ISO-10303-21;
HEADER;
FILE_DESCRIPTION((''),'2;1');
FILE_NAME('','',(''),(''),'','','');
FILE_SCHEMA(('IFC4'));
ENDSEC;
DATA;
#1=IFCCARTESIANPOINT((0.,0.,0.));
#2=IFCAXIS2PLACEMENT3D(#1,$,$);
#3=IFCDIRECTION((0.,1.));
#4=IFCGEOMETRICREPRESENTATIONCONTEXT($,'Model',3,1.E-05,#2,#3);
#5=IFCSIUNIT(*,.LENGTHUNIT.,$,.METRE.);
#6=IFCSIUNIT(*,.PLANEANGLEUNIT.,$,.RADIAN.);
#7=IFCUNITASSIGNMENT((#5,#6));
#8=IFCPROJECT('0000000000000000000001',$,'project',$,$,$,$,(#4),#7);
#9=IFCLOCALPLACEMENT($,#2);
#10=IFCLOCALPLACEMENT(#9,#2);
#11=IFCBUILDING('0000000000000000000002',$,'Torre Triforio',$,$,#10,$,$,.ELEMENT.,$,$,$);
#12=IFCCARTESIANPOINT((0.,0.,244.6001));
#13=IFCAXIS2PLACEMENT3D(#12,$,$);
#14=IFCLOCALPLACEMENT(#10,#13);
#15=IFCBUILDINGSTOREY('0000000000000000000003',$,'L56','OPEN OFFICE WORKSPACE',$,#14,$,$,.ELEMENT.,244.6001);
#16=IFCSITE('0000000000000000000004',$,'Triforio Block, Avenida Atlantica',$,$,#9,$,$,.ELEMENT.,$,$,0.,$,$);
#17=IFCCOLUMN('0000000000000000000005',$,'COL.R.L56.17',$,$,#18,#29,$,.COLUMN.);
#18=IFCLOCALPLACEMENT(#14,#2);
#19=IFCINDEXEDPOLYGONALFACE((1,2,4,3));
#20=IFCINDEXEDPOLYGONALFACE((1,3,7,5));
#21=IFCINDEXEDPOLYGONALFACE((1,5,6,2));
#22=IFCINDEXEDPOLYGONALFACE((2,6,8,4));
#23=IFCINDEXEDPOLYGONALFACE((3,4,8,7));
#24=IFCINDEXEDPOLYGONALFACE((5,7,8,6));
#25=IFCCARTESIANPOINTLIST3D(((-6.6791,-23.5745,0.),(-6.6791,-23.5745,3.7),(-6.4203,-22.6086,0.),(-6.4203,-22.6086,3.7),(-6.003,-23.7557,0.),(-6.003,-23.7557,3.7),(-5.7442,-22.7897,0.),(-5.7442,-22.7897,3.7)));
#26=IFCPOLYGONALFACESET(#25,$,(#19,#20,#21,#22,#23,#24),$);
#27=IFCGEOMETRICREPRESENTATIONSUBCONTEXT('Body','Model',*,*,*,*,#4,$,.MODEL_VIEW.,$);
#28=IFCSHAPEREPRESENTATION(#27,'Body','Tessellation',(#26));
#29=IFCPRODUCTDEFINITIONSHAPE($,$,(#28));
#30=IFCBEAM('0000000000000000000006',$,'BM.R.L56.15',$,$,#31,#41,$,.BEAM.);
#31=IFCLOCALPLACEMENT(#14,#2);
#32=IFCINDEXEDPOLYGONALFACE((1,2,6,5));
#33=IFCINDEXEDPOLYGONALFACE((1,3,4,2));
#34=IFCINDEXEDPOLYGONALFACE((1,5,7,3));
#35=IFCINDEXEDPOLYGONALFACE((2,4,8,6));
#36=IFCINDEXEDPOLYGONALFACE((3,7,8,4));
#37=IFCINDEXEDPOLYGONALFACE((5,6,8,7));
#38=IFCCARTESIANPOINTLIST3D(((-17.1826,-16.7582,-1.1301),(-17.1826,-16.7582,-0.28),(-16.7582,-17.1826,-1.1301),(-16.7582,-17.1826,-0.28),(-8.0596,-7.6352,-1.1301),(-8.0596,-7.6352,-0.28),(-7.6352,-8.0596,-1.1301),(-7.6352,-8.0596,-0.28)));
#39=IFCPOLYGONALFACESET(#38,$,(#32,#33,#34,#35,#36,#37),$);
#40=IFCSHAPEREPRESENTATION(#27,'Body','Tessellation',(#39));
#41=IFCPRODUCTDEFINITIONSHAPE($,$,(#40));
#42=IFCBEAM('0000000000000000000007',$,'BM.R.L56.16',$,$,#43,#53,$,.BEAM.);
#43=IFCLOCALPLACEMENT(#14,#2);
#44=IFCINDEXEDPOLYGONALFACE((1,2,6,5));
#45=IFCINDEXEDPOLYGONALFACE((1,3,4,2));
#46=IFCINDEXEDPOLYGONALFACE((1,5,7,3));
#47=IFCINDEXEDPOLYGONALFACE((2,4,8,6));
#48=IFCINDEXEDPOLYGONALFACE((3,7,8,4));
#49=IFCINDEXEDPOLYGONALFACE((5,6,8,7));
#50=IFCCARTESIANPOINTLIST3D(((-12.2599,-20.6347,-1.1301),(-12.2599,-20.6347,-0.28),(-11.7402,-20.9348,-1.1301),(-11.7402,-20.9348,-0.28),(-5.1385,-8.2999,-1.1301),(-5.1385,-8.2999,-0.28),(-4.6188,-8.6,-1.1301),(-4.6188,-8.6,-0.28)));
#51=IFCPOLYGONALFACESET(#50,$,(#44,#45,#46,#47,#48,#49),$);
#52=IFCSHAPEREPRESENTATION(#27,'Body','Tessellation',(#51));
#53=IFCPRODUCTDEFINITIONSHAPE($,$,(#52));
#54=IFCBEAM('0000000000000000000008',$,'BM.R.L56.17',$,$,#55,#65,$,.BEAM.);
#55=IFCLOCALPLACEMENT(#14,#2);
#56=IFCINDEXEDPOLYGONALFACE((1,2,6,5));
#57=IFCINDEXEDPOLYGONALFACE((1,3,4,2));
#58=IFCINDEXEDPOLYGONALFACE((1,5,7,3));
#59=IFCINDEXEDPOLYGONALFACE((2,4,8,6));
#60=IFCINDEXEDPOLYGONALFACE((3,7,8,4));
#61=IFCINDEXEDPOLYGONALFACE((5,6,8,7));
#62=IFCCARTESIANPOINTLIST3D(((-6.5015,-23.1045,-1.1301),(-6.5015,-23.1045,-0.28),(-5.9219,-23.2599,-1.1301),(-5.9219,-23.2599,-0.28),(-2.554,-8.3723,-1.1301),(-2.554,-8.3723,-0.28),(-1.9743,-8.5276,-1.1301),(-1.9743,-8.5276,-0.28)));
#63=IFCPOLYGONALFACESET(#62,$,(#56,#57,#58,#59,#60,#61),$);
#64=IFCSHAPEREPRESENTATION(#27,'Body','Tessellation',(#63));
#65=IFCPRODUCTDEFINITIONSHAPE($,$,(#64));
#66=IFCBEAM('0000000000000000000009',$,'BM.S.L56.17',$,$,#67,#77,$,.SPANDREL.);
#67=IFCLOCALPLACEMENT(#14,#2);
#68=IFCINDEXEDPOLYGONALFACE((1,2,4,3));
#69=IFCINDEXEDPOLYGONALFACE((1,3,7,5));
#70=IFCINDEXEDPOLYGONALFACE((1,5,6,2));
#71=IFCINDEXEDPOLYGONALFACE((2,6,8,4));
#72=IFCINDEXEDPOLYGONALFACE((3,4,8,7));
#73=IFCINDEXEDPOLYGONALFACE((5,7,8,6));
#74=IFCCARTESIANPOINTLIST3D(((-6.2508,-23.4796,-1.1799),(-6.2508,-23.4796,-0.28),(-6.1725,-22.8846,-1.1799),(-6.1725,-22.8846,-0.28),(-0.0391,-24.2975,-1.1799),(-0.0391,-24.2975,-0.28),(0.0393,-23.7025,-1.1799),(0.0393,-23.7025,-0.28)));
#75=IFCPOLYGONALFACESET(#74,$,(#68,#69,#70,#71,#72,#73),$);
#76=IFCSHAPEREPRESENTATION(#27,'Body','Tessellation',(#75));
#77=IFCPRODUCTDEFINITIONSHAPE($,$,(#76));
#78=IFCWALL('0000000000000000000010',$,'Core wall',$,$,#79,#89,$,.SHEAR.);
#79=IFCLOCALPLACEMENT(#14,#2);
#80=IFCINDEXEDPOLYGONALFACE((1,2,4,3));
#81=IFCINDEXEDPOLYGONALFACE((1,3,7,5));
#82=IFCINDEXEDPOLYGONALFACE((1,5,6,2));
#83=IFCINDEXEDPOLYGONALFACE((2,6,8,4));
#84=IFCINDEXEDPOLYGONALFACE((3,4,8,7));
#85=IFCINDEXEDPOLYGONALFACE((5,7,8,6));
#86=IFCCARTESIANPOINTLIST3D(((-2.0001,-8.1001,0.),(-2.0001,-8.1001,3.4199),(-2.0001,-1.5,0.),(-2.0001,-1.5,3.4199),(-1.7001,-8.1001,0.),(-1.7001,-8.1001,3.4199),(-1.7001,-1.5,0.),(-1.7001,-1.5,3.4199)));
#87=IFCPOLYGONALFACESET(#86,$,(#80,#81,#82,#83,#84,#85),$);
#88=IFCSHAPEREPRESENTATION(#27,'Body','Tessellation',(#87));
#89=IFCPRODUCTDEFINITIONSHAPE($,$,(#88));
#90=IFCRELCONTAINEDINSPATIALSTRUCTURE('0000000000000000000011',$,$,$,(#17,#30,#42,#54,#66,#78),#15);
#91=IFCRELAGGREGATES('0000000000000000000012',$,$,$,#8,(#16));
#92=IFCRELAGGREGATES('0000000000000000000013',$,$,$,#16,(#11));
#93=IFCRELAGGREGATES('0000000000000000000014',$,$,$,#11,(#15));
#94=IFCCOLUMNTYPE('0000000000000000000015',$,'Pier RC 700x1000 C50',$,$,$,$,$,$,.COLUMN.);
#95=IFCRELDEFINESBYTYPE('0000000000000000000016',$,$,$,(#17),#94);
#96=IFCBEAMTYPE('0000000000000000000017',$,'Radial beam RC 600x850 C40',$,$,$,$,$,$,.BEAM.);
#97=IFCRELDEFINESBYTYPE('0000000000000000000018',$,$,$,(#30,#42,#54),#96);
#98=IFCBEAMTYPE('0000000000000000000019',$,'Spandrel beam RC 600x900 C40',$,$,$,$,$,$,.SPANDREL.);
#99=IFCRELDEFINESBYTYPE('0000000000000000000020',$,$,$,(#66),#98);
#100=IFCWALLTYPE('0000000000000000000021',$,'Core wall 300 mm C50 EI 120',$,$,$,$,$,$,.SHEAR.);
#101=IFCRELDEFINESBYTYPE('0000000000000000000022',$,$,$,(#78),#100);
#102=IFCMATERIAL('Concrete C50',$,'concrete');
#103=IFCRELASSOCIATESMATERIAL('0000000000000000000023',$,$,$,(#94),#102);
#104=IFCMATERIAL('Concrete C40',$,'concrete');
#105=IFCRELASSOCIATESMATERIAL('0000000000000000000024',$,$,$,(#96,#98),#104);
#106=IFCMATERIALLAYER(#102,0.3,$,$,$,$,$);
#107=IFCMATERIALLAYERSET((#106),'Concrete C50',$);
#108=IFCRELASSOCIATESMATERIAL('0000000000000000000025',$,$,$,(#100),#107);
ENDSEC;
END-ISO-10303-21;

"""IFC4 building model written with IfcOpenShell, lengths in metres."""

from ifc_helpers import new_model, si_unit, direction, frame, frame_2d, origin, origin_2d, place, context, subcontext, project, spatial, rectangle, extrude, material, layer, layer_set, material_profile, profile_set, type_object, element, save


model = new_model("IFC4")

# Units and contexts
model_context = context("Model", 3, precision=1e-05, world=origin(), true_north=direction((0.0, 1.0)))
body_context = subcontext(model_context, "Body", "Model", "MODEL_VIEW")
ifc_project = project(units=[si_unit("LENGTHUNIT", "METRE"), si_unit("PLANEANGLEUNIT", "RADIAN")], contexts=[model_context])

# Site, building, storey
site_placement = place(None, origin())
site = spatial("IfcSite", under=ifc_project, at=site_placement, Name="Triforio Block, Avenida Atlantica", CompositionType="ELEMENT", RefElevation=0.0)
building_placement = place(site_placement, origin())
building = spatial("IfcBuilding", under=site, at=building_placement, Name="Torre Triforio", CompositionType="ELEMENT")
storey_placement = place(building_placement, frame((0.0, 0.0, 244.6001)))
storey = spatial("IfcBuildingStorey", under=building, at=storey_placement, Name="L56", Description="OPEN OFFICE WORKSPACE", CompositionType="ELEMENT", Elevation=244.6001)

# Column
ifc_material_1 = material(Name="Concrete C50", Category="concrete")
ifc_material_profile_1 = material_profile(ifc_material_1, rectangle(XDim=0.7, YDim=1.0, at=origin_2d()), Name="RC 700x1000")
ifc_profile_set_1 = profile_set([ifc_material_profile_1], Name="Concrete C50")
column_type = type_object("IfcColumnType", Name="Pier RC 700x1000 C50", PredefinedType="COLUMN", material=ifc_profile_set_1)
column_placement = place(storey_placement, frame((-6.2117, -23.1821, 0.0), z_axis=(0.0, 0.0, 1.0), x_axis=(0.965926, -0.258819, 0.0)))
element("IfcColumn", 1, at=column_placement, inside=storey, type_object=column_type, Name="COL.R.L56.17", PredefinedType="COLUMN", context=body_context, shape_type="SweptSolid", body=[
    extrude(rectangle(XDim=0.7, YDim=1.0, at=origin_2d()), origin(), (0.0, 0.0, 1.0), 3.7),
])

# Beams
ifc_material_2 = material(Name="Concrete C40", Category="concrete")
ifc_material_profile_2 = material_profile(ifc_material_2, rectangle(XDim=0.6001, YDim=0.8501, at=origin_2d()), Name="RC 600x850")
ifc_profile_set_2 = profile_set([ifc_material_profile_2], Name="Concrete C40")
beam_type_1 = type_object("IfcBeamType", Name="Radial beam RC 600x850 C40", PredefinedType="BEAM", material=ifc_profile_set_2)
beam_1_placement = place(storey_placement, frame((-7.8474, -7.8474, -0.7051), z_axis=(-0.707107, -0.707107, 0.0), x_axis=(0.707107, -0.707107, 0.0)))
element("IfcBeam", 2, at=beam_1_placement, inside=storey, type_object=beam_type_1, Name="BM.R.L56.15", PredefinedType="BEAM", context=body_context, shape_type="SweptSolid", body=[
    extrude(rectangle(XDim=0.6001, YDim=0.8501, at=origin_2d()), origin(), (0.0, 0.0, 1.0), 12.9019),
])
beam_2_placement = place(storey_placement, frame((-4.8787, -8.45, -0.7051), z_axis=(-0.499994, -0.866029, 0.0), x_axis=(0.866029, -0.499994, 0.0)))
element("IfcBeam", 3, at=beam_2_placement, inside=storey, type_object=beam_type_1, Name="BM.R.L56.16", PredefinedType="BEAM", context=body_context, shape_type="SweptSolid", body=[
    extrude(rectangle(XDim=0.6001, YDim=0.8501, at=origin_2d()), origin(), (0.0, 0.0, 1.0), 14.2429),
])
beam_3_placement = place(storey_placement, frame((-2.2642, -8.45, -0.7051), z_axis=(-0.258821, -0.965925, 0.0), x_axis=(0.965925, -0.258821, 0.0)))
element("IfcBeam", 4, at=beam_3_placement, inside=storey, type_object=beam_type_1, Name="BM.R.L56.17", PredefinedType="BEAM", context=body_context, shape_type="SweptSolid", body=[
    extrude(rectangle(XDim=0.6001, YDim=0.8501, at=origin_2d()), origin(), (0.0, 0.0, 1.0), 15.252),
])
ifc_material_profile_3 = material_profile(ifc_material_2, rectangle(XDim=0.6001, YDim=0.8999, at=origin_2d()), Name="RC 600x900")
ifc_profile_set_3 = profile_set([ifc_material_profile_3], Name="Concrete C40")
beam_type_2 = type_object("IfcBeamType", Name="Spandrel beam RC 600x900 C40", PredefinedType="SPANDREL", material=ifc_profile_set_3)
beam_4_placement = place(storey_placement, frame((-6.2117, -23.1821, -0.73), z_axis=(0.991443, -0.13054, 0.0), x_axis=(0.13054, 0.991443, 0.0)))
element("IfcBeam", 5, at=beam_4_placement, inside=storey, type_object=beam_type_2, Name="BM.S.L56.17", PredefinedType="SPANDREL", context=body_context, shape_type="SweptSolid", body=[
    extrude(rectangle(XDim=0.6001, YDim=0.8999, at=origin_2d()), origin(), (0.0, 0.0, 1.0), 6.2654),
])

# Wall
ifc_layer_1 = layer(ifc_material_1, 0.3)
ifc_layer_set_1 = layer_set([ifc_layer_1], Name="Concrete C50")
wall_type_1 = type_object("IfcWallType", Name="Core wall 300 mm C50 EI 120", PredefinedType="SHEAR", material=ifc_layer_set_1)
wall_1_placement = place(storey_placement, frame((-1.8501, -8.1001, 0.0), z_axis=(0.0, 0.0, 1.0), x_axis=(0.0, 1.0, 0.0)))
element("IfcWall", 6, at=wall_1_placement, inside=storey, type_object=wall_type_1, Name="Core wall", PredefinedType="SHEAR", context=body_context, shape_type="SweptSolid", body=[
    extrude(rectangle(XDim=6.6001, YDim=0.3, at=frame_2d((3.3, 0.0))), origin(), (0.0, 0.0, 1.0), 3.4199),
])

save(model, "model.ifc")
